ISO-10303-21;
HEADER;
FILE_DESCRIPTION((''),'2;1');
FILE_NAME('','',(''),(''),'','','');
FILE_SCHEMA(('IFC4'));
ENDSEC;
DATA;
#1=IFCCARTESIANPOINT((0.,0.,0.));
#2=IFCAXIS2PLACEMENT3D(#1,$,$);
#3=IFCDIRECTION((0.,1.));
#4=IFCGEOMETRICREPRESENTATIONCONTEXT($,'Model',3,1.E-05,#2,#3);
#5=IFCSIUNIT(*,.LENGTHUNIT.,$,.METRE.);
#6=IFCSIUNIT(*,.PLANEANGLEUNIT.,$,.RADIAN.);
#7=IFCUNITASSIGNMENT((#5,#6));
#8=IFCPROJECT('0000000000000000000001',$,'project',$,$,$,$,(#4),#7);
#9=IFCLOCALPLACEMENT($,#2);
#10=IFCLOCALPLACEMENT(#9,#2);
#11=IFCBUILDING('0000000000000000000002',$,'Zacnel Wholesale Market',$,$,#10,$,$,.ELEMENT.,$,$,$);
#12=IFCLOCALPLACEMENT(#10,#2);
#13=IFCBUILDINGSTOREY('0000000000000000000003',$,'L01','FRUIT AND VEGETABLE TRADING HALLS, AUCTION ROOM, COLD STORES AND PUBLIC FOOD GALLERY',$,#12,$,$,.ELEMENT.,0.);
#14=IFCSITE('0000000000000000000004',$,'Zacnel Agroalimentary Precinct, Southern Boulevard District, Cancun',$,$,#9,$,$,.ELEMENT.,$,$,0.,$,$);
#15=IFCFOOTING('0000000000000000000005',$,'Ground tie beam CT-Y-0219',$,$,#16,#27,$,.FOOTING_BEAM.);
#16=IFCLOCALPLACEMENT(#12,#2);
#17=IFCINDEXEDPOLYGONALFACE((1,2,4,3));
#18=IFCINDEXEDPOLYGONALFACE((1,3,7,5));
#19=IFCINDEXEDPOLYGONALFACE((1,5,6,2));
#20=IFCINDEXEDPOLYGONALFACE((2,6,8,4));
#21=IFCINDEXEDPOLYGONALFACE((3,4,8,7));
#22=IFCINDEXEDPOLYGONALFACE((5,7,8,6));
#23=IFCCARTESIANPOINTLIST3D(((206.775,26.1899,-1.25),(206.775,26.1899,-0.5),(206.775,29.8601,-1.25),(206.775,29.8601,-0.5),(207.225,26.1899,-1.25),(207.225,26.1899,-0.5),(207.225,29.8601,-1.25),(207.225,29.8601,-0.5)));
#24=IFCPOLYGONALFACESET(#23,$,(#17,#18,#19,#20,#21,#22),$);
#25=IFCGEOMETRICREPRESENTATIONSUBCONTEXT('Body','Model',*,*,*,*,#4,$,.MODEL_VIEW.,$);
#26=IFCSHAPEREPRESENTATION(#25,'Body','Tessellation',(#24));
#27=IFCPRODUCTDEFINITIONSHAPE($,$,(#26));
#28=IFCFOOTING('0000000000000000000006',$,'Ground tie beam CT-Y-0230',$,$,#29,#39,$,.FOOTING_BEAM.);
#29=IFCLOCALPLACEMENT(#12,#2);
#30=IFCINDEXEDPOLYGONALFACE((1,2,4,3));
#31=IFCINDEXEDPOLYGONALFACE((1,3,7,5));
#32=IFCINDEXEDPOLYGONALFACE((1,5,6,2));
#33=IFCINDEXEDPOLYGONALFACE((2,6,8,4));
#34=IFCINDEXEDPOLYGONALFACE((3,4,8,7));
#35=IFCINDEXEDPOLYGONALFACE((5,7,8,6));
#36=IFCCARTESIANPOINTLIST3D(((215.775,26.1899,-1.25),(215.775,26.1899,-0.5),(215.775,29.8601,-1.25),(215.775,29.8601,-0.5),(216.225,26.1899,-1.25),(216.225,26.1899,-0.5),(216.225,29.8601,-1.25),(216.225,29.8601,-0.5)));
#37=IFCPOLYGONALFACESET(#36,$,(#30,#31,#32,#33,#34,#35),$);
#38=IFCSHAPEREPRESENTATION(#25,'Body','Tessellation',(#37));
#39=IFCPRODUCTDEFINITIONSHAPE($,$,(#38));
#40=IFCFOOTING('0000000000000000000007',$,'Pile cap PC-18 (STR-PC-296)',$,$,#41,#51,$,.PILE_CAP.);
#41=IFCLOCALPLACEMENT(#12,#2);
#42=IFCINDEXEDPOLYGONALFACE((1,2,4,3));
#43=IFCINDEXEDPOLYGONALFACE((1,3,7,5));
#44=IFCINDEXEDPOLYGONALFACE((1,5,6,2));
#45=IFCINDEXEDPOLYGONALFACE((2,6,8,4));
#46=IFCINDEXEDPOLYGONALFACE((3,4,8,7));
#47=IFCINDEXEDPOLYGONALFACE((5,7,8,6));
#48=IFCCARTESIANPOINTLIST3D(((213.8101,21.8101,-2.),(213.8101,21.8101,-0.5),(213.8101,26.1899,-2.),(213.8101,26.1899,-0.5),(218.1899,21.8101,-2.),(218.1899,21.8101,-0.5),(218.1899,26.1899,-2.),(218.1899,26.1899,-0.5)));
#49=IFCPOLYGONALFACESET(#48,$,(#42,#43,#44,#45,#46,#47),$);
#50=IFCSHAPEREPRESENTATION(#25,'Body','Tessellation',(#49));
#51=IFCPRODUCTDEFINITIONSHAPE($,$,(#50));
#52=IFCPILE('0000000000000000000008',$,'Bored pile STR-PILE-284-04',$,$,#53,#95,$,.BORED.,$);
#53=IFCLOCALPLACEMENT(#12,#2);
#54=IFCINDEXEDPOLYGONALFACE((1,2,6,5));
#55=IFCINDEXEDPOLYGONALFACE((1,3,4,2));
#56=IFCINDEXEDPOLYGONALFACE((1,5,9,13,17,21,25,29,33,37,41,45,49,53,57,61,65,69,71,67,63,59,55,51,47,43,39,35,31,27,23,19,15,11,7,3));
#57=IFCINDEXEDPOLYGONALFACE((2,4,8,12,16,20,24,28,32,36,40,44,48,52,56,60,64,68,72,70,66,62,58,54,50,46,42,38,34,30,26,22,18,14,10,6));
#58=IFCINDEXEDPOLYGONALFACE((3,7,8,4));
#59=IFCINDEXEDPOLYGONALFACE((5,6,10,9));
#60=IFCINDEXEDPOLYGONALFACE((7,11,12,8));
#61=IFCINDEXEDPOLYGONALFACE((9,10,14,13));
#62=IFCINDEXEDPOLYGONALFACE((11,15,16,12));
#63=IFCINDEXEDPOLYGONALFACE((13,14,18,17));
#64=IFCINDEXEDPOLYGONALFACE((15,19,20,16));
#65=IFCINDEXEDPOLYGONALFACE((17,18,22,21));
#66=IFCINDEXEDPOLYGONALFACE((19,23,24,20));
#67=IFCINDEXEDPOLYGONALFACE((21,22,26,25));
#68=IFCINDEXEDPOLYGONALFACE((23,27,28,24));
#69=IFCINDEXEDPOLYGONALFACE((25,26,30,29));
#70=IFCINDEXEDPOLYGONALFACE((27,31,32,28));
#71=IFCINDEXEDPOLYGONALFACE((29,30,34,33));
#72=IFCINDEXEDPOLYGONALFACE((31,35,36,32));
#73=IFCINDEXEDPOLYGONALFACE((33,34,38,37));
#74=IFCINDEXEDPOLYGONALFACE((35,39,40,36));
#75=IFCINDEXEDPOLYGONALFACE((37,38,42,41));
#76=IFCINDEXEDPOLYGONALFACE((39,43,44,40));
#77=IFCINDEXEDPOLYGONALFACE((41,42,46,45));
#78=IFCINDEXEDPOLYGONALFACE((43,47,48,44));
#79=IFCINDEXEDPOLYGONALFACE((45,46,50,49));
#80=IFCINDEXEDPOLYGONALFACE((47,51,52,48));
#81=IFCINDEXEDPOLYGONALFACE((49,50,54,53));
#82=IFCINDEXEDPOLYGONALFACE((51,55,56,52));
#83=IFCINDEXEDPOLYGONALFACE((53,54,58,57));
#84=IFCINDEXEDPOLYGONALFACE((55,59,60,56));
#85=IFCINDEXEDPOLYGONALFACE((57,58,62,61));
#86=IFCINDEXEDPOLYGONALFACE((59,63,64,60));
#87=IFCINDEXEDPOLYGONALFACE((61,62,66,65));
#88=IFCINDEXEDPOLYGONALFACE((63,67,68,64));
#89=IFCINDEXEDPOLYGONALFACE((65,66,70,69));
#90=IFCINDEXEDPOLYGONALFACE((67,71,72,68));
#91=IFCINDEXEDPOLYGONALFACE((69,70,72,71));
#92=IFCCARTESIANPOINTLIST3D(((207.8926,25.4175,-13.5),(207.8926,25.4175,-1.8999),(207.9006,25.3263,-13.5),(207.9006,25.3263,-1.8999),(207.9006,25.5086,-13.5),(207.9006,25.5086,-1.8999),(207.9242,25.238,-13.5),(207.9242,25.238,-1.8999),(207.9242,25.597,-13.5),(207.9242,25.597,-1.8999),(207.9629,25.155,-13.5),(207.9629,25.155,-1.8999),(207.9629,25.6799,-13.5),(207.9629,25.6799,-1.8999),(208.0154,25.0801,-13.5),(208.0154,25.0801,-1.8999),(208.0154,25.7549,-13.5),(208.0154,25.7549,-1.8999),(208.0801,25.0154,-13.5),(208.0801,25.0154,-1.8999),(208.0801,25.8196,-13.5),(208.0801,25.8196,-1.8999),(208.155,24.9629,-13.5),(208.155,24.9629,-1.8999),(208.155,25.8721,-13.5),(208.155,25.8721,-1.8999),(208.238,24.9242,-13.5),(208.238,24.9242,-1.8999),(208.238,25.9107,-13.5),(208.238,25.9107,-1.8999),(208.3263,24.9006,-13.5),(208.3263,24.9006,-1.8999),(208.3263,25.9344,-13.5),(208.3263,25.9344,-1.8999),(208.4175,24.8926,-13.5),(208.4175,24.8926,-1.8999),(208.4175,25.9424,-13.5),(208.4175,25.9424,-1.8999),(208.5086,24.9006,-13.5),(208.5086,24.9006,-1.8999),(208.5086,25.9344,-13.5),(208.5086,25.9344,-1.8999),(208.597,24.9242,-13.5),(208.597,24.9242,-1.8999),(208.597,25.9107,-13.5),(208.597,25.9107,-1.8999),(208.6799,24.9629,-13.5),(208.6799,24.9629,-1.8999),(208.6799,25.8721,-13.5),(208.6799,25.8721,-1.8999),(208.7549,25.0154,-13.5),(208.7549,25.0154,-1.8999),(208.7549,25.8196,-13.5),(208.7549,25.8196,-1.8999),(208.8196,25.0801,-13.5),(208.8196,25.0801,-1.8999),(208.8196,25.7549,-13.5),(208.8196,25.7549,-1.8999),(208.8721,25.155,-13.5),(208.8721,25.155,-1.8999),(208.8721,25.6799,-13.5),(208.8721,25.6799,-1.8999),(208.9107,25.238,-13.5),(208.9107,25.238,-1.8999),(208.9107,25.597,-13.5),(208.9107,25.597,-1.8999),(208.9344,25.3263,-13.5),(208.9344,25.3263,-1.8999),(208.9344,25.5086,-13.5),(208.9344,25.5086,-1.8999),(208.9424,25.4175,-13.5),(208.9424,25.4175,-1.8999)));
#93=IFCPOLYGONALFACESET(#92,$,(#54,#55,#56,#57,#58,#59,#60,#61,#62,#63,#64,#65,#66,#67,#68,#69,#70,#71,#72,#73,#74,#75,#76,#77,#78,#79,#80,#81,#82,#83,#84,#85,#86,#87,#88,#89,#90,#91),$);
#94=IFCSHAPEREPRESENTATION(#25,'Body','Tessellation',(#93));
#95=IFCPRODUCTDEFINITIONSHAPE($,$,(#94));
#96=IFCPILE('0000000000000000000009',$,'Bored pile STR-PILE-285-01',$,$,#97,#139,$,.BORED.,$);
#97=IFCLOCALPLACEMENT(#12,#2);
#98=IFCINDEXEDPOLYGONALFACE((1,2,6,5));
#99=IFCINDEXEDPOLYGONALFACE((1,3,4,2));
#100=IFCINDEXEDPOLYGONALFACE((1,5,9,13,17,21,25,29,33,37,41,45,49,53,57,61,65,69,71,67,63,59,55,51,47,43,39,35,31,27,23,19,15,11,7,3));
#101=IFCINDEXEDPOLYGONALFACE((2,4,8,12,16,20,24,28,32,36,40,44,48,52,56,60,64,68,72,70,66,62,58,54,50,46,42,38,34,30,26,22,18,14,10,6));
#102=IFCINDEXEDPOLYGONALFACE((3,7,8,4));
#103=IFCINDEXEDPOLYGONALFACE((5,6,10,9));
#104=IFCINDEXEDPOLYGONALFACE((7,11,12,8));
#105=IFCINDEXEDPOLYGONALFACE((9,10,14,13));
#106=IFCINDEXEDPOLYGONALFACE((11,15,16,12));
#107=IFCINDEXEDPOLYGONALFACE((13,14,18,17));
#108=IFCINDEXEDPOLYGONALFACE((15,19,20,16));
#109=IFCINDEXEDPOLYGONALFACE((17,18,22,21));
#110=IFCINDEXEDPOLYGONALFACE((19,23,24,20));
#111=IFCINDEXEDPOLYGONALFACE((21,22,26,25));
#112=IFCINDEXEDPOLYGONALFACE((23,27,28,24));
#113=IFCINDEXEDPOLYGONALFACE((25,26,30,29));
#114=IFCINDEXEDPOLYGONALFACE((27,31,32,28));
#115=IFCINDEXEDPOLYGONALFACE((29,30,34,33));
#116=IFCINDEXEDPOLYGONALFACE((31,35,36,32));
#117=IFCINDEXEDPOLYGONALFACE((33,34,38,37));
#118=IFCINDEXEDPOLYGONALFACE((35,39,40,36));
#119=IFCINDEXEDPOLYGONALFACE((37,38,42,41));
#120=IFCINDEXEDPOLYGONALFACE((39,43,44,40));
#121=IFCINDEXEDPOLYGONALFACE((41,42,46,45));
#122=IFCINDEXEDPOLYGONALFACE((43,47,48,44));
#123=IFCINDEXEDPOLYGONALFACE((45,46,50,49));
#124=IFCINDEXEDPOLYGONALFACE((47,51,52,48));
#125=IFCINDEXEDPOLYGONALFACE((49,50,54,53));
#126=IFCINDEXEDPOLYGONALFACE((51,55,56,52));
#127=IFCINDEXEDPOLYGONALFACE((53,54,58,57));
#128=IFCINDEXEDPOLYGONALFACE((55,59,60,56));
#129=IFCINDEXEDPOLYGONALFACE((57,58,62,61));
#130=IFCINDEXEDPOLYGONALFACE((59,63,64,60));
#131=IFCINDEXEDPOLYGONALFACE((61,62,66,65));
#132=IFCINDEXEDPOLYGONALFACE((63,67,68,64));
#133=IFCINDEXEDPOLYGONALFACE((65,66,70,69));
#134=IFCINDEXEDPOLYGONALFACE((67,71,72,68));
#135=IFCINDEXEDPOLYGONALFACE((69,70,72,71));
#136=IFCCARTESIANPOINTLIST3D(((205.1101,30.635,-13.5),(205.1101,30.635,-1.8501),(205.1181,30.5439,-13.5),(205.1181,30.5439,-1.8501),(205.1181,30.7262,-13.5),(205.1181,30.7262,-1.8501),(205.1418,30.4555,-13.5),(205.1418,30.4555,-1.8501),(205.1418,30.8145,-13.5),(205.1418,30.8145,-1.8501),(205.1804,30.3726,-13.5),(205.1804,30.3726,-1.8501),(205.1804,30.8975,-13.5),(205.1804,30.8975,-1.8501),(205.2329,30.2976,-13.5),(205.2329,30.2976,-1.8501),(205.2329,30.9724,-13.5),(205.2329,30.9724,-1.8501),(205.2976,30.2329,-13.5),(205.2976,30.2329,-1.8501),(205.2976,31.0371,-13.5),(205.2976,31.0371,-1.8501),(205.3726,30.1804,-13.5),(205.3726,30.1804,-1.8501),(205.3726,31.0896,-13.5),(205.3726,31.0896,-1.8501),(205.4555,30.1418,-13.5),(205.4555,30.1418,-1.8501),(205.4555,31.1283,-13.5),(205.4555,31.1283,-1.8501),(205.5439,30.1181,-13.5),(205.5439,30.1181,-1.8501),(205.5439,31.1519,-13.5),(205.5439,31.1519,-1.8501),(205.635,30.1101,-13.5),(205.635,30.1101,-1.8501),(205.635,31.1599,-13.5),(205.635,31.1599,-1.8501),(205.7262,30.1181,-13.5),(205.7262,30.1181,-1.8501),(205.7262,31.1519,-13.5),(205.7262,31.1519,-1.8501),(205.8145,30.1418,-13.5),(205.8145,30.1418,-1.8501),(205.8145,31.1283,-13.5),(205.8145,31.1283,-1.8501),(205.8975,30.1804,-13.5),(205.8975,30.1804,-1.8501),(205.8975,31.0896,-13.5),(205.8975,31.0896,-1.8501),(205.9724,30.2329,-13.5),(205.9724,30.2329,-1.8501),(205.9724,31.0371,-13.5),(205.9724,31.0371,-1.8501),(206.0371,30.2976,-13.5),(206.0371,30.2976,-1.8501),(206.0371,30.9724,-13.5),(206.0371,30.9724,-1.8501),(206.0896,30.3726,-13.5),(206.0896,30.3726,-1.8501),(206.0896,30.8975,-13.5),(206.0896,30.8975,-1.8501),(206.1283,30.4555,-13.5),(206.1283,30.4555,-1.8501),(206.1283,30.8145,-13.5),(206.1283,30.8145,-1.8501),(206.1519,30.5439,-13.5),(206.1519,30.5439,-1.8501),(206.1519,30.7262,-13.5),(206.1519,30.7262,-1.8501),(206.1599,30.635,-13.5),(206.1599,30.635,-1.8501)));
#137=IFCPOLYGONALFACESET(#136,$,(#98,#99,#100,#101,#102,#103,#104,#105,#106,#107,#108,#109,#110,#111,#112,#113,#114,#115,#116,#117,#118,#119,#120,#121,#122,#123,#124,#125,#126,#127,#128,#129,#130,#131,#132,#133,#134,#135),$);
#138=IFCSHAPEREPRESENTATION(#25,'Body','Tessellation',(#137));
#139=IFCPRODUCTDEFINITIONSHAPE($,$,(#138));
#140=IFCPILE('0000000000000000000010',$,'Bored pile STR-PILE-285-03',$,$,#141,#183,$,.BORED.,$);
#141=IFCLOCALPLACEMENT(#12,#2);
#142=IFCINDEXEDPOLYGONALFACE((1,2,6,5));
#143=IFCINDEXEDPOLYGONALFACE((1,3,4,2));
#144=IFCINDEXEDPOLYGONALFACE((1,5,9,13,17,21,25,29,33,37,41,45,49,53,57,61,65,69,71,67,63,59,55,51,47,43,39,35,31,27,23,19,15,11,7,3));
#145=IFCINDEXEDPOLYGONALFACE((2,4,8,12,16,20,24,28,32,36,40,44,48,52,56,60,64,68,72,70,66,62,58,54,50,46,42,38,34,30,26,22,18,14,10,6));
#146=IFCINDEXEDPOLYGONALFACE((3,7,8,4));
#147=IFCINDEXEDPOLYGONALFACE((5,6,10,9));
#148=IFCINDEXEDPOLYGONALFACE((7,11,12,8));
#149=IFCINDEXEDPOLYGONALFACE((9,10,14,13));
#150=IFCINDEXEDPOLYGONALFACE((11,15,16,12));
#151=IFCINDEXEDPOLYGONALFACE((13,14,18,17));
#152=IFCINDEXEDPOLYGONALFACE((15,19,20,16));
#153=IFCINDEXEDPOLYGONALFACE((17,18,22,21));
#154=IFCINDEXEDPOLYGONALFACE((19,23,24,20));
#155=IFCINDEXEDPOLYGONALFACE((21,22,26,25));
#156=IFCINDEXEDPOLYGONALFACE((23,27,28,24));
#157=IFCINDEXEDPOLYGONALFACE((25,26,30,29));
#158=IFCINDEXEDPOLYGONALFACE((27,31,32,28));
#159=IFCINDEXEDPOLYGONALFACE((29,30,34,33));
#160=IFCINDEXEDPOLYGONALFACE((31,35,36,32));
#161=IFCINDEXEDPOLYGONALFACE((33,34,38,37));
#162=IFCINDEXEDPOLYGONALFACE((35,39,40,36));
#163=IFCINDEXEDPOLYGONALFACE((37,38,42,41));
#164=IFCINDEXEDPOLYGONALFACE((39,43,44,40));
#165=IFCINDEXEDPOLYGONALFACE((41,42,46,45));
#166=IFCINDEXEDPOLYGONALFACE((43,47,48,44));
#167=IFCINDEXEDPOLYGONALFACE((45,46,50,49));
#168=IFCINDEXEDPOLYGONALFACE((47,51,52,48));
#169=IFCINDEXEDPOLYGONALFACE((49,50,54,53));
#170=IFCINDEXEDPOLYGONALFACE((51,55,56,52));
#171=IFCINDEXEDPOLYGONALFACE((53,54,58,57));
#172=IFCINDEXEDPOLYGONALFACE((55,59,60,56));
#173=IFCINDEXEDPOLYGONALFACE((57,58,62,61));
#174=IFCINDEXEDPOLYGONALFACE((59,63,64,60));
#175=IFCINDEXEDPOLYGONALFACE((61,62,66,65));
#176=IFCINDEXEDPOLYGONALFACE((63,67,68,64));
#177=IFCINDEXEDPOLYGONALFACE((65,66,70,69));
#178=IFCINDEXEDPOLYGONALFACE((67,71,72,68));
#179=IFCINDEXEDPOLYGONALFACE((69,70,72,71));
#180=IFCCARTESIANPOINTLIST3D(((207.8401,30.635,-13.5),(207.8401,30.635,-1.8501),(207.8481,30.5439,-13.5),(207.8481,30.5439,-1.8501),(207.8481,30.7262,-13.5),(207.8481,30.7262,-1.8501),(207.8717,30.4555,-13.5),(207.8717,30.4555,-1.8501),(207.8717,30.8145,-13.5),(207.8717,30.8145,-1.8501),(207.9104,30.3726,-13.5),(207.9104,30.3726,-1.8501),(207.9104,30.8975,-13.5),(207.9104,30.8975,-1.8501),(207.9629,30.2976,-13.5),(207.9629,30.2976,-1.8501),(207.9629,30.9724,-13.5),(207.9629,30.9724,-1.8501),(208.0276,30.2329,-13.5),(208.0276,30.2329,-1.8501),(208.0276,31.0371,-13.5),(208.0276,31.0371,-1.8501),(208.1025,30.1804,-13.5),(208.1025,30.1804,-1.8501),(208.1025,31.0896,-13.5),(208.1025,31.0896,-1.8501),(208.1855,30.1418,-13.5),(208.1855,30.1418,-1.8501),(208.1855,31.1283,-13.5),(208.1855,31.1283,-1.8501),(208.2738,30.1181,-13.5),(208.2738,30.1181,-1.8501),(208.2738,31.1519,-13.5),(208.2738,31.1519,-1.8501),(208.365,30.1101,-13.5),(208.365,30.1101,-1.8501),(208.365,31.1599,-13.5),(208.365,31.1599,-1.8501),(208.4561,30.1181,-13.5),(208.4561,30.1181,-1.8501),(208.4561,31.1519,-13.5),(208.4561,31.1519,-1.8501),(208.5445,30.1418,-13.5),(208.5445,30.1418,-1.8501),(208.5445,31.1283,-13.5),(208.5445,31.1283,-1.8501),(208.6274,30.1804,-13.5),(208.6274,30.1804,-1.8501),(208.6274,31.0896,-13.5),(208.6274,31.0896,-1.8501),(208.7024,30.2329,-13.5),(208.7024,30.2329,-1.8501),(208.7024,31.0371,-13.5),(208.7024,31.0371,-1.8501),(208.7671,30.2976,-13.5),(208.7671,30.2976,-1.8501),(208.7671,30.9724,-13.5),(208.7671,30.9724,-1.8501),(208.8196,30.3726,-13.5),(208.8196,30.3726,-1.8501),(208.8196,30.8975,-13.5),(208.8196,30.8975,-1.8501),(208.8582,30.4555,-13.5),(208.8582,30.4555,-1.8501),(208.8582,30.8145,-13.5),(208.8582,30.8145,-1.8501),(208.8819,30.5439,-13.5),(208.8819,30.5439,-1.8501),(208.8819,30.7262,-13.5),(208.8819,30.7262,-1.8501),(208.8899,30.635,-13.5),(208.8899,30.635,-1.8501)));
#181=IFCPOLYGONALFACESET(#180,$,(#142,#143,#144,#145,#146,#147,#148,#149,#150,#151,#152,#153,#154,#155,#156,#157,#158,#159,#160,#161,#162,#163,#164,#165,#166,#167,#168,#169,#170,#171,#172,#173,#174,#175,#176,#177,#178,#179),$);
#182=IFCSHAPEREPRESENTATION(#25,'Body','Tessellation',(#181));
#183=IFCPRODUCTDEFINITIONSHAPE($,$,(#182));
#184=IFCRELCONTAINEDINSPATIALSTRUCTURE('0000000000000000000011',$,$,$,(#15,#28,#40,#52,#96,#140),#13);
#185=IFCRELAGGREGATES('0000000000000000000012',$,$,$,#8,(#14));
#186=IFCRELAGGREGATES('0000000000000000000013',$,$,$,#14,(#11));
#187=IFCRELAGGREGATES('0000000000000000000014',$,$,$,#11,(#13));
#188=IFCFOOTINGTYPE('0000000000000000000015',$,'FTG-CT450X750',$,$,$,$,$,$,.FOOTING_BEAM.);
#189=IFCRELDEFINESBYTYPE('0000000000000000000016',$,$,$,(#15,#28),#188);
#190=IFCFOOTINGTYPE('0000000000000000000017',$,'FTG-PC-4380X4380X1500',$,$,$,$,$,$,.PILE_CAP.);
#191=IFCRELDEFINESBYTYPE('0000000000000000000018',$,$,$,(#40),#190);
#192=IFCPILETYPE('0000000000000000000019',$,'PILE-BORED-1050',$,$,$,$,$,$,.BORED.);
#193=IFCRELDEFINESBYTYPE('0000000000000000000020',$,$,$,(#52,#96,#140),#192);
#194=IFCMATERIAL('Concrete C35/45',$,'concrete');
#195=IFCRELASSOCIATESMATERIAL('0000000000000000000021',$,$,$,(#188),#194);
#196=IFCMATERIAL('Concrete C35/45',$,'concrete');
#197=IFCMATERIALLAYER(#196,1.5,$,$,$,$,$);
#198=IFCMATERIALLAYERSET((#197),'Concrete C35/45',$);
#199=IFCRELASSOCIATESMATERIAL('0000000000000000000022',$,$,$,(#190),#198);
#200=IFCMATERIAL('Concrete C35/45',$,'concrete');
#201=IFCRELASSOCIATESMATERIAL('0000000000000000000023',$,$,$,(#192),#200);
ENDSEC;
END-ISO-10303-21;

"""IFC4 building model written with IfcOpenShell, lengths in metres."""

from ifc_helpers import new_model, si_unit, direction, frame, origin, origin_2d, place, context, subcontext, project, spatial, rectangle, circle, extrude, material, layer, layer_set, material_profile, profile_set, type_object, element, save


model = new_model("IFC4")

# Units and contexts
model_context = context("Model", 3, precision=1e-05, world=origin(), true_north=direction((0.0, 1.0)))
body_context = subcontext(model_context, "Body", "Model", "MODEL_VIEW")
ifc_project = project(units=[si_unit("LENGTHUNIT", "METRE"), si_unit("PLANEANGLEUNIT", "RADIAN")], contexts=[model_context])

# Site, building, storey
site_placement = place(None, origin())
site = spatial("IfcSite", under=ifc_project, at=site_placement, Name="Zacnel Agroalimentary Precinct, Southern Boulevard District, Cancun", CompositionType="ELEMENT", RefElevation=0.0)
building_placement = place(site_placement, origin())
building = spatial("IfcBuilding", under=site, at=building_placement, Name="Zacnel Wholesale Market", CompositionType="ELEMENT")
storey_placement = place(building_placement, origin())
storey = spatial("IfcBuildingStorey", under=building, at=storey_placement, Name="L01", Description="FRUIT AND VEGETABLE TRADING HALLS, AUCTION ROOM, COLD STORES AND PUBLIC FOOD GALLERY", CompositionType="ELEMENT", Elevation=0.0)

# Footings
ifc_material_1 = material(Name="Concrete C35/45", Category="concrete")
ifc_material_profile_1 = material_profile(ifc_material_1, rectangle(XDim=0.45, YDim=0.75, at=origin_2d()), Name="CT 450x750")
ifc_profile_set_1 = profile_set([ifc_material_profile_1], Name="Concrete C35/45")
footing_type_1 = type_object("IfcFootingType", Name="FTG-CT450X750", PredefinedType="FOOTING_BEAM", material=ifc_profile_set_1)
for number, where, z_axis, x_axis, name in (
    (1, (207.0, 26.1899, -0.875), (0.0, 1.0, 0.0), (-1.0, 0.0, 0.0), "Ground tie beam CT-Y-0219"),
    (2, (216.0, 26.1899, -0.875), (0.0, 1.0, 0.0), (-1.0, 0.0, 0.0), "Ground tie beam CT-Y-0230"),
):
    element("IfcFooting", number, at=place(storey_placement, frame(where, z_axis=z_axis, x_axis=x_axis)), inside=storey, type_object=footing_type_1, Name=name, PredefinedType="FOOTING_BEAM", context=body_context, shape_type="SweptSolid", body=[
        extrude(rectangle(XDim=0.45, YDim=0.75, at=origin_2d()), origin(), (0.0, 0.0, 1.0), 3.6702),
    ])
ifc_material_2 = material(Name="Concrete C35/45", Category="concrete")
ifc_layer_1 = layer(ifc_material_2, 1.5)
ifc_layer_set_1 = layer_set([ifc_layer_1], Name="Concrete C35/45")
footing_type_2 = type_object("IfcFootingType", Name="FTG-PC-4380X4380X1500", PredefinedType="PILE_CAP", material=ifc_layer_set_1)
footing_placement = place(storey_placement, frame((216.0, 24.0, -2.0), z_axis=(0.0, 0.0, 1.0), x_axis=(1.0, 0.0, 0.0)))
element("IfcFooting", 3, at=footing_placement, inside=storey, type_object=footing_type_2, Name="Pile cap PC-18 (STR-PC-296)", PredefinedType="PILE_CAP", context=body_context, shape_type="SweptSolid", body=[
    extrude(rectangle(XDim=4.3799, YDim=4.3799, at=origin_2d()), origin(), (0.0, 0.0, 1.0), 1.5),
])

# Piles
ifc_material_3 = material(Name="Concrete C35/45", Category="concrete")
ifc_material_profile_2 = material_profile(ifc_material_3, circle(Radius=0.5249, at=origin_2d()), Name="BORED PILE D1050")
ifc_profile_set_2 = profile_set([ifc_material_profile_2], Name="Concrete C35/45")
pile_type = type_object("IfcPileType", Name="PILE-BORED-1050", PredefinedType="BORED", material=ifc_profile_set_2)
pile_placement = place(storey_placement, frame((208.4175, 25.4175, -1.8999), z_axis=(0.0, 0.0, -1.0), x_axis=(1.0, 0.0, 0.0)))
element("IfcPile", 4, at=pile_placement, inside=storey, type_object=pile_type, Name="Bored pile STR-PILE-284-04", PredefinedType="BORED", context=body_context, shape_type="SweptSolid", body=[
    extrude(circle(Radius=0.5249, at=origin_2d()), origin(), (0.0, 0.0, 1.0), 11.6001),
])
for number, where, z_axis, x_axis, name in (
    (5, (205.635, 30.635, -1.8501), (0.0, 0.0, -1.0), (1.0, 0.0, 0.0), "Bored pile STR-PILE-285-01"),
    (6, (208.365, 30.635, -1.8501), (0.0, 0.0, -1.0), (1.0, 0.0, 0.0), "Bored pile STR-PILE-285-03"),
):
    element("IfcPile", number, at=place(storey_placement, frame(where, z_axis=z_axis, x_axis=x_axis)), inside=storey, type_object=pile_type, Name=name, PredefinedType="BORED", context=body_context, shape_type="SweptSolid", body=[
        extrude(circle(Radius=0.5249, at=origin_2d()), origin(), (0.0, 0.0, 1.0), 11.6499),
    ])

save(model, "model.ifc")
